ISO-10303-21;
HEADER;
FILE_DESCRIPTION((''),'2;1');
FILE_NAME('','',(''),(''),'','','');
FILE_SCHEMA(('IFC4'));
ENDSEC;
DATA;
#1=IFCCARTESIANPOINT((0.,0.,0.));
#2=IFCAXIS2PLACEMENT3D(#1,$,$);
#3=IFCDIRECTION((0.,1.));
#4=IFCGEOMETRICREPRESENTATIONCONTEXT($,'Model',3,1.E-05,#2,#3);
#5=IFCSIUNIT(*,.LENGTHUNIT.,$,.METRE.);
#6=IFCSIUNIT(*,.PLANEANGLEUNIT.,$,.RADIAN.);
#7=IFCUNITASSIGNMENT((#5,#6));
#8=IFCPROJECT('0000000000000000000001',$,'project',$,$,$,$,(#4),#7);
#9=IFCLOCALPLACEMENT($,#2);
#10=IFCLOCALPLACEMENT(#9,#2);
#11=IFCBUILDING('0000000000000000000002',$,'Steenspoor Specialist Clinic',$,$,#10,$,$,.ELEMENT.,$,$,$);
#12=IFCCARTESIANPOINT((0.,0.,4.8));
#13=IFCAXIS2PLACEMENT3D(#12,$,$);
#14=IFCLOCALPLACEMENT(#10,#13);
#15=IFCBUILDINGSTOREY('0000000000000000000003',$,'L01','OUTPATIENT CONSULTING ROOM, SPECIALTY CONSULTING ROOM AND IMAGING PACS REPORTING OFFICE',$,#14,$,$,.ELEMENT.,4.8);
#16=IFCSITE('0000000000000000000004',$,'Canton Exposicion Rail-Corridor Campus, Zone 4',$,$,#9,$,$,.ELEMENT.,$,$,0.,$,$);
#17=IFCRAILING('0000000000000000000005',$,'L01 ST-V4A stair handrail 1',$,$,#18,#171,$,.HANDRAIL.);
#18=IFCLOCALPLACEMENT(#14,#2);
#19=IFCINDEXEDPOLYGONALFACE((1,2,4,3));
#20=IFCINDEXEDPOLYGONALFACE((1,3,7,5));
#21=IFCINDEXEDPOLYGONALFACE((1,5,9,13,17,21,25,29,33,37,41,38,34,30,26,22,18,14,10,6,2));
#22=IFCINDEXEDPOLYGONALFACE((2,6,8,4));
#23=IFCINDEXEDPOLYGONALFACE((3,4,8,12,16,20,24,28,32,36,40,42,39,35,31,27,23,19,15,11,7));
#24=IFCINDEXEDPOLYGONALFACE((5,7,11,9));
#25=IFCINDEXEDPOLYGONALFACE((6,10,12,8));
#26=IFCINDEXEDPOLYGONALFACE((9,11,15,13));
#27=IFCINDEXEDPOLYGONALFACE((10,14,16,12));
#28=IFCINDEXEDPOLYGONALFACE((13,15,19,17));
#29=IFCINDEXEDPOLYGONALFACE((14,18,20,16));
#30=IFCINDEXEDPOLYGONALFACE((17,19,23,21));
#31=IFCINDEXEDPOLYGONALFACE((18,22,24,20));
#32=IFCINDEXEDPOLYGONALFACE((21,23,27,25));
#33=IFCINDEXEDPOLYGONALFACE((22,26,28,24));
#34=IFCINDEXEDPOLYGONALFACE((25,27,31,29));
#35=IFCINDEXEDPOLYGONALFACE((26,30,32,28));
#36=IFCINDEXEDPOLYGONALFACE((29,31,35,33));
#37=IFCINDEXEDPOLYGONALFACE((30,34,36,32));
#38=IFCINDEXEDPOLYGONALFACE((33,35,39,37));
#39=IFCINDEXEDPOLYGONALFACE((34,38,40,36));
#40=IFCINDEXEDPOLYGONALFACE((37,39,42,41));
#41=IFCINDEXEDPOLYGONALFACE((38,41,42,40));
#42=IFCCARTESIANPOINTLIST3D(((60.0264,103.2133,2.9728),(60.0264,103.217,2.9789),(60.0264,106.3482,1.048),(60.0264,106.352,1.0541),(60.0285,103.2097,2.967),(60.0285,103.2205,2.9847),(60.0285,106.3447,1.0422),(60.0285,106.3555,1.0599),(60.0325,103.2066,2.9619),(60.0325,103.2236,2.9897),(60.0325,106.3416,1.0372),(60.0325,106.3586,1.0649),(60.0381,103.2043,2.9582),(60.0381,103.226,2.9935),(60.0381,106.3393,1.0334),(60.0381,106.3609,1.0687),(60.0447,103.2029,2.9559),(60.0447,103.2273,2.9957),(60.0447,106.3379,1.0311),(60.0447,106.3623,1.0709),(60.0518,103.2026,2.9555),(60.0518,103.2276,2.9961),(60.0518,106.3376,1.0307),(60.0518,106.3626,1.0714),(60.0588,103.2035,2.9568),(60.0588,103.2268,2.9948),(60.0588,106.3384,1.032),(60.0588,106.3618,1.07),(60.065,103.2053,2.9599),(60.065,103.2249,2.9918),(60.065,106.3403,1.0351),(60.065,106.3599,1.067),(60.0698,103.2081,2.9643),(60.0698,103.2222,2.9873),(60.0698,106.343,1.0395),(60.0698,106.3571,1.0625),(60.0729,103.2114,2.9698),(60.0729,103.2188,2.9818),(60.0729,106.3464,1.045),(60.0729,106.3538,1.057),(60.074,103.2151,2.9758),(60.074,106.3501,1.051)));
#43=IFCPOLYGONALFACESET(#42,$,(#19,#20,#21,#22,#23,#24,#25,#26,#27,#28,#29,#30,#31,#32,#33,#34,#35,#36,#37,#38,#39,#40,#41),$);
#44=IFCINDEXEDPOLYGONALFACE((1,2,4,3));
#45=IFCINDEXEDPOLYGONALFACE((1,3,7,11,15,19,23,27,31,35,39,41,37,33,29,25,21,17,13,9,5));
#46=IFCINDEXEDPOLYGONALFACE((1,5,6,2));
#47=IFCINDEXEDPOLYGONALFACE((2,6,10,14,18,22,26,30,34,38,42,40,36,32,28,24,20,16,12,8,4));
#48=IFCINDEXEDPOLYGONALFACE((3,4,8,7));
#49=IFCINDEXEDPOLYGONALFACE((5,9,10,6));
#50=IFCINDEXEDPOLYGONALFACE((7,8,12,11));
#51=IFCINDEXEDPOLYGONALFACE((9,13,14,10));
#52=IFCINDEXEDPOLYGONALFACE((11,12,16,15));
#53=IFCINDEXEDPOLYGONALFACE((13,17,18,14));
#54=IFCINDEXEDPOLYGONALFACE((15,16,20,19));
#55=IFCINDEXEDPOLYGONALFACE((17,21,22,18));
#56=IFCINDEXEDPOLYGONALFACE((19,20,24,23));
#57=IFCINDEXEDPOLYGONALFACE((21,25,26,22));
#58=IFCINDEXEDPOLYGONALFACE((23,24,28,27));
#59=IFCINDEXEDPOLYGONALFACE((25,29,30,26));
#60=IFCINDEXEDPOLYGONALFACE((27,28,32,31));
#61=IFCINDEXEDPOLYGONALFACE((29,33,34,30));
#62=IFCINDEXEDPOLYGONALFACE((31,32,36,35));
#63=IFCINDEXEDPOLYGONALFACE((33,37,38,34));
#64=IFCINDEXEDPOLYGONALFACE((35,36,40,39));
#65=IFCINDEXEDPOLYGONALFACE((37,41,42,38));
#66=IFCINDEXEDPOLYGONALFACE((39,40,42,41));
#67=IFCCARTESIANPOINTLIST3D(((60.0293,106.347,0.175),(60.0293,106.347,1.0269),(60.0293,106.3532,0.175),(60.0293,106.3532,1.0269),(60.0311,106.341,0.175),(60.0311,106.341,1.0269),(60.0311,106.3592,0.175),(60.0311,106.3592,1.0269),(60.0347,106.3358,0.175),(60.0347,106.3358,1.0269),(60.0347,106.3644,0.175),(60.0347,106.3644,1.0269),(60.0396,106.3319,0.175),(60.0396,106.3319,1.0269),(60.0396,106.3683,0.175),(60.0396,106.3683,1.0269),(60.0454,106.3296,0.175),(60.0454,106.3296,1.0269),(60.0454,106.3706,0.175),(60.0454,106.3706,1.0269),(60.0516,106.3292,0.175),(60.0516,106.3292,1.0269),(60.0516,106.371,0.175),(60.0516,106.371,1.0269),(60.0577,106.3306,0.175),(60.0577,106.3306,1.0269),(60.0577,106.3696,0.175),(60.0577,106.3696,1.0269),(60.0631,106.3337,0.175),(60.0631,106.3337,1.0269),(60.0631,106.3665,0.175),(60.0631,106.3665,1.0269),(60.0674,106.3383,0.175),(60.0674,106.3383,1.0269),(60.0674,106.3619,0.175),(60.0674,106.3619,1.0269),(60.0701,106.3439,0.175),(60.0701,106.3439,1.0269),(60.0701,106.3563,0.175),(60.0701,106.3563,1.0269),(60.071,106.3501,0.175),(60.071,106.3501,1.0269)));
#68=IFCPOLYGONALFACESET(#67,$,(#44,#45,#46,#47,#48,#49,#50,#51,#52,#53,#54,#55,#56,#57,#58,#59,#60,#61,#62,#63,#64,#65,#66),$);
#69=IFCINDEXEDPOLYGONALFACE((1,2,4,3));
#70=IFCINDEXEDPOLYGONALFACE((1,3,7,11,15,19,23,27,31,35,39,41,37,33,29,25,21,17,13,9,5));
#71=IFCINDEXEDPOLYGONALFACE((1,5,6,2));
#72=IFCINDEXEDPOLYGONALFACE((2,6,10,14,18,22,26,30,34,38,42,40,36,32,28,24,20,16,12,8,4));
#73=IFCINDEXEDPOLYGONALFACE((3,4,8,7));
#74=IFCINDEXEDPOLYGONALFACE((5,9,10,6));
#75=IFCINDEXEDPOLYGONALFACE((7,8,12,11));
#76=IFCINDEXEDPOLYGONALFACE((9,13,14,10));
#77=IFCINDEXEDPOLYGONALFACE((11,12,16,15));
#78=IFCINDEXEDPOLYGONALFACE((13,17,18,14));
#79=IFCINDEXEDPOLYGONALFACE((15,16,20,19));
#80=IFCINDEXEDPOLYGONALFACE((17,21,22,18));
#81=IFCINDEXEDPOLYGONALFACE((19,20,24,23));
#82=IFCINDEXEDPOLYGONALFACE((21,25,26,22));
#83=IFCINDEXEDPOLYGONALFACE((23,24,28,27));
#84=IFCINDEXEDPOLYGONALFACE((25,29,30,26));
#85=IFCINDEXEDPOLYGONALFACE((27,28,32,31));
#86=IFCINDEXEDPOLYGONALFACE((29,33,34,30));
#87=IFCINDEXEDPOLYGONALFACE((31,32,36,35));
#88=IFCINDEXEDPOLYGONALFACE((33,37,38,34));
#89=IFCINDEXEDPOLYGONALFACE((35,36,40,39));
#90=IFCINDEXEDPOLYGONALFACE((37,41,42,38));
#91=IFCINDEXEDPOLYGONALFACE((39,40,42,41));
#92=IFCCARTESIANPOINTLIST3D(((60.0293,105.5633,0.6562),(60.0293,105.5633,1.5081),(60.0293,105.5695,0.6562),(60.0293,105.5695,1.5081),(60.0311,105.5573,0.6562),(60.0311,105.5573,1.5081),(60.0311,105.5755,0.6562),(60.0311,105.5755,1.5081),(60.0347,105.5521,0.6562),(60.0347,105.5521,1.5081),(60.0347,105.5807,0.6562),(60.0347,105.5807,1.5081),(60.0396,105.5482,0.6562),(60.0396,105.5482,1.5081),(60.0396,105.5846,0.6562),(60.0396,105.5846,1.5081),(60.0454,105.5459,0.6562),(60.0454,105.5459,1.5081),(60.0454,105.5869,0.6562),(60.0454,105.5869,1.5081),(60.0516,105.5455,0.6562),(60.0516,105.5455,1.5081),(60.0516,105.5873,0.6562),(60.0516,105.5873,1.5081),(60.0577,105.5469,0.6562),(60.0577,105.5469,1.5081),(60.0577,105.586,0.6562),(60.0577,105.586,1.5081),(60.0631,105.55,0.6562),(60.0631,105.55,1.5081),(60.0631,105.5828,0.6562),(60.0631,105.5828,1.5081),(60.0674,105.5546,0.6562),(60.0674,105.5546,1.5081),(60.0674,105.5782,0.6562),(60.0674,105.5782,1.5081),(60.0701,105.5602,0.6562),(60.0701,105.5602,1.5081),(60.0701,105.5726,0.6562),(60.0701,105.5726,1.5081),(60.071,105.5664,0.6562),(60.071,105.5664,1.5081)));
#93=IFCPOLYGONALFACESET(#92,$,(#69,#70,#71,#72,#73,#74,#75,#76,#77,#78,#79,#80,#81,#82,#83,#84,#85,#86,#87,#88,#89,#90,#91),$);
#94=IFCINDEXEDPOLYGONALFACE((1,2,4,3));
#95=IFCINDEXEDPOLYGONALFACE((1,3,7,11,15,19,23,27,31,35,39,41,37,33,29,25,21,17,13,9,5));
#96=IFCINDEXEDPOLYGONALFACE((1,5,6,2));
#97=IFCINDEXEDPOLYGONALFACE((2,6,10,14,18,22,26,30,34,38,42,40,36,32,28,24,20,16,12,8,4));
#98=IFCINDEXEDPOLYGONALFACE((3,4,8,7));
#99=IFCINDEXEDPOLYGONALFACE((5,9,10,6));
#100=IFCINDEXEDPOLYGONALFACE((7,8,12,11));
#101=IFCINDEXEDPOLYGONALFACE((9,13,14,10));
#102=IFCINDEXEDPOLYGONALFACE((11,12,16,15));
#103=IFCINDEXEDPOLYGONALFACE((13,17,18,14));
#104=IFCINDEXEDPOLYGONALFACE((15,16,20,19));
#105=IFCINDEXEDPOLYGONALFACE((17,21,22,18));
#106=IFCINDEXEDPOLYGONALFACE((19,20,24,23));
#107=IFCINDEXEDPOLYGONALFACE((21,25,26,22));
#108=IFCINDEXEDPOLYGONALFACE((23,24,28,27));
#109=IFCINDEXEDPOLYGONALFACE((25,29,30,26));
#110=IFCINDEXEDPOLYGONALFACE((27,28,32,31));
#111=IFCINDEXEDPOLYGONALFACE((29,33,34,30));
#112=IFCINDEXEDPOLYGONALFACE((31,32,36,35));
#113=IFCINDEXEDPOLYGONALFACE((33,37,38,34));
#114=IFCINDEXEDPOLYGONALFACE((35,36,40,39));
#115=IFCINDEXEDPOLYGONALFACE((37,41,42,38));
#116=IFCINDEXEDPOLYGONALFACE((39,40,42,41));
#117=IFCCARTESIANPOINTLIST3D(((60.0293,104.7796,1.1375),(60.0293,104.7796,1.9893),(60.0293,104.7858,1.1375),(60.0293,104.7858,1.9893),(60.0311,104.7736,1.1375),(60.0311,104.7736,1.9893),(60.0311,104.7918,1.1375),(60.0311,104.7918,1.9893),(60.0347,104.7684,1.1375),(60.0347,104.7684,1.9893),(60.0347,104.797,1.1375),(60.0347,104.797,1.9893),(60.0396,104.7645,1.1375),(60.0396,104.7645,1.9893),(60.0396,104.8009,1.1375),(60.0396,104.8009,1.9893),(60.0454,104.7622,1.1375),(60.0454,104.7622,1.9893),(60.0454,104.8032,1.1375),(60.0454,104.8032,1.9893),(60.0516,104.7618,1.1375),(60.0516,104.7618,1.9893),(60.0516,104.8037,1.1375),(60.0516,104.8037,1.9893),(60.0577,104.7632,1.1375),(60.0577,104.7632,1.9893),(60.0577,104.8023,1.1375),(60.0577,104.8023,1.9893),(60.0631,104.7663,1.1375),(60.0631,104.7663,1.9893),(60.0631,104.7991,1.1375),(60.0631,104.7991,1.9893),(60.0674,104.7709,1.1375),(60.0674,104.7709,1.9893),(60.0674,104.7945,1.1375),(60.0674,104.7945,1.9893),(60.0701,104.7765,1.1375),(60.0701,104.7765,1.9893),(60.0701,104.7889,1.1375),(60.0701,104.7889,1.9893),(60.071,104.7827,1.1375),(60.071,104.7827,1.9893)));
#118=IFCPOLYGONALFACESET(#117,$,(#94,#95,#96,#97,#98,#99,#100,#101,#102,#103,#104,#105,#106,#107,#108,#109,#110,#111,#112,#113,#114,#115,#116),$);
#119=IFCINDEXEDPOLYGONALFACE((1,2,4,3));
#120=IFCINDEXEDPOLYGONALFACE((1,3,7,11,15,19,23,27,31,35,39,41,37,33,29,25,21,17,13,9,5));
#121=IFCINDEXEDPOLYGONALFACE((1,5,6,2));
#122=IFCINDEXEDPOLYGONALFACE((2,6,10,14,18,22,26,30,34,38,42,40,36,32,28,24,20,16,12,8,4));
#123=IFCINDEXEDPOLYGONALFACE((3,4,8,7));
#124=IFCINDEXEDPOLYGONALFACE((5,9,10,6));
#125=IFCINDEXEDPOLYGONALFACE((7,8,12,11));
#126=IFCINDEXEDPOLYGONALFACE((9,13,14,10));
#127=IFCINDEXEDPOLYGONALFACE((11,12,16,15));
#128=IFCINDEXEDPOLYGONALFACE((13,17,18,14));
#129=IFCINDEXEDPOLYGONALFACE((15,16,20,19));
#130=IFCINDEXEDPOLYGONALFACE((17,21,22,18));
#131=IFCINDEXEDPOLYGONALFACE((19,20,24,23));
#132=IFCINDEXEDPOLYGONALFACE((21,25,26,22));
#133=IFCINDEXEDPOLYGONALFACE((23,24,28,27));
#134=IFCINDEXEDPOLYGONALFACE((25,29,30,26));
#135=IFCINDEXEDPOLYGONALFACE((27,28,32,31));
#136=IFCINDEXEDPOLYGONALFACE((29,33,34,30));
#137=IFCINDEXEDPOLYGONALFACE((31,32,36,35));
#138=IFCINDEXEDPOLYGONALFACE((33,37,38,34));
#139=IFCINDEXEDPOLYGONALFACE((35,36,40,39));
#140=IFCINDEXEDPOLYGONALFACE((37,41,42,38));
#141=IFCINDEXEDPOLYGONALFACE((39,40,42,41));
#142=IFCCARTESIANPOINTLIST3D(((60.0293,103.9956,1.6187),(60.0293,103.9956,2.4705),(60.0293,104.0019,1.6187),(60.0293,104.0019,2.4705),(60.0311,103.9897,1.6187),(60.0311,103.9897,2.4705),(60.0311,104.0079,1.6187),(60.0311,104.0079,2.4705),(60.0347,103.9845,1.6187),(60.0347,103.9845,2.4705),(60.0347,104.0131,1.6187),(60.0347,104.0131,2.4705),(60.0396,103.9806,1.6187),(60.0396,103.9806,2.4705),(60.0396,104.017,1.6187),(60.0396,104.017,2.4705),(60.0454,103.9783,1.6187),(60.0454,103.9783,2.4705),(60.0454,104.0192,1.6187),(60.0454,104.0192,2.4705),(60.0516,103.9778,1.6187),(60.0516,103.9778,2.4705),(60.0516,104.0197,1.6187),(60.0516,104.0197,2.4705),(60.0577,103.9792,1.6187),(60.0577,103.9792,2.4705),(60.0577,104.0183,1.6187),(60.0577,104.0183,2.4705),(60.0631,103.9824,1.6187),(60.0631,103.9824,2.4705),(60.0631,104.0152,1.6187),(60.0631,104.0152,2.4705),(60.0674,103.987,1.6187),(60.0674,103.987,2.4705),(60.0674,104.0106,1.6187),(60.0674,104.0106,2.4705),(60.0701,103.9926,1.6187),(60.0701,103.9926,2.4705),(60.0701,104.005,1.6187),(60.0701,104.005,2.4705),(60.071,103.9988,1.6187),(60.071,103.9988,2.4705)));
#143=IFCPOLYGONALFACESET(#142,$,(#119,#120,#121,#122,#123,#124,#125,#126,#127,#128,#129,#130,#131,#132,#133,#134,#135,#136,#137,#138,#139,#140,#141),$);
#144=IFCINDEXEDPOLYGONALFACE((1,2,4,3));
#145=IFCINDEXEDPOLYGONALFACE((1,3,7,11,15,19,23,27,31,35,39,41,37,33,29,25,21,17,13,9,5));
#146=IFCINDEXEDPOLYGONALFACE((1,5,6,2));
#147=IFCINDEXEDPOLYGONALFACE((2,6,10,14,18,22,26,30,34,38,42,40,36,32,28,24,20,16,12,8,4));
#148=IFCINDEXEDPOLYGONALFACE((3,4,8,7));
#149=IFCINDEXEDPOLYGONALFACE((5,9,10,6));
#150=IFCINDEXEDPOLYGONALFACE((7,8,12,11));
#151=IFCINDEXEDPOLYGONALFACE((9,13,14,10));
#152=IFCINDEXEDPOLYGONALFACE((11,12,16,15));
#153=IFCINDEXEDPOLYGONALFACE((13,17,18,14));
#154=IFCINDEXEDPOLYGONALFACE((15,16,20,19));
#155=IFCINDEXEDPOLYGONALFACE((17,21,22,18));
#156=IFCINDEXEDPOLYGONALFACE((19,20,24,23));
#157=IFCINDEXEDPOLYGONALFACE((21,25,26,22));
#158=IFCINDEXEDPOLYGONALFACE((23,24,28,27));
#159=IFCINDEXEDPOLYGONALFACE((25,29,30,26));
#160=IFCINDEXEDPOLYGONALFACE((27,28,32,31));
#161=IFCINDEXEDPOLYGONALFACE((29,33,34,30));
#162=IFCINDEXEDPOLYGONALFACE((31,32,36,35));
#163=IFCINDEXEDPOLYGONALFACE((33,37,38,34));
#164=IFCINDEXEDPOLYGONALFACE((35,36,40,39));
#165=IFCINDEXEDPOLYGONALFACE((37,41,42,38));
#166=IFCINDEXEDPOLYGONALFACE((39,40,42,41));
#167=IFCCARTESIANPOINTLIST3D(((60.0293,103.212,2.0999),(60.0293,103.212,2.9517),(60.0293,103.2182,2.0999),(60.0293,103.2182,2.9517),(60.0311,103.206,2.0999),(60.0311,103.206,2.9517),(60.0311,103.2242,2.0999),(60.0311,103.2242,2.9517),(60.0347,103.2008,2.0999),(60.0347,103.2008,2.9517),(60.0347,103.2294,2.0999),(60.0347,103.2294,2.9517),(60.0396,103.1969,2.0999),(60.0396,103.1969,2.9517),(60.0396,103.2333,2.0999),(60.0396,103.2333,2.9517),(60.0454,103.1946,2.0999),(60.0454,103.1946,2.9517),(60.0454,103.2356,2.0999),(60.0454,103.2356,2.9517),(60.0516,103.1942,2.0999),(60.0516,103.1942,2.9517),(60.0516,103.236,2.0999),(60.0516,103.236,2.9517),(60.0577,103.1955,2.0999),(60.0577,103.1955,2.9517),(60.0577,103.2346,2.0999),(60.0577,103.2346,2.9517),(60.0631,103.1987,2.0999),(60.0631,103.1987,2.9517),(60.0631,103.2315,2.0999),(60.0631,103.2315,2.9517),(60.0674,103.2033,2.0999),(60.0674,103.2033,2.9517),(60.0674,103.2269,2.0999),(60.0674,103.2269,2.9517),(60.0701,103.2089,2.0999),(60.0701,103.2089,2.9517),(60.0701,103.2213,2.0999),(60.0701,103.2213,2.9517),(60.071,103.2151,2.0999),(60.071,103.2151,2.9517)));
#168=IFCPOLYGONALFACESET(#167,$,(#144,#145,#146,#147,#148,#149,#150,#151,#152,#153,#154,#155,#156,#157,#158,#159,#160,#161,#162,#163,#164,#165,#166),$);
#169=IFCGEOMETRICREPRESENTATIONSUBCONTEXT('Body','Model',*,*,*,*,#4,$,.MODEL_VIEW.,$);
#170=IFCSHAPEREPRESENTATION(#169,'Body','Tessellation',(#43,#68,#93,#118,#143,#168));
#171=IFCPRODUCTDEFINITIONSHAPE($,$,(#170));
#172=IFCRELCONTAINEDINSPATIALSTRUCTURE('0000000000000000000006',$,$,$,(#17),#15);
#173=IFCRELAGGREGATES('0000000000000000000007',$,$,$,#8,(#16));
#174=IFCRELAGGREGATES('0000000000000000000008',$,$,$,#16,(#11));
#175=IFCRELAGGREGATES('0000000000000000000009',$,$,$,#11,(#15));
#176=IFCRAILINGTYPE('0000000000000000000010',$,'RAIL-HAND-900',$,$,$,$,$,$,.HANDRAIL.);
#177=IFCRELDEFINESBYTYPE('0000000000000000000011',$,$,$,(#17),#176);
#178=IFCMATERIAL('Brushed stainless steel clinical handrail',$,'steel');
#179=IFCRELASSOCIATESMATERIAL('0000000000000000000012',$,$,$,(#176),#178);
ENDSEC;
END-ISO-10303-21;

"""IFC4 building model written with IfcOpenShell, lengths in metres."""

from ifc_helpers import new_model, si_unit, direction, frame, origin, origin_2d, place, context, subcontext, project, spatial, circle, extrude, material, type_object, element, save


model = new_model("IFC4")

# Units and contexts
model_context = context("Model", 3, precision=1e-05, world=origin(), true_north=direction((0.0, 1.0)))
body_context = subcontext(model_context, "Body", "Model", "MODEL_VIEW")
ifc_project = project(units=[si_unit("LENGTHUNIT", "METRE"), si_unit("PLANEANGLEUNIT", "RADIAN")], contexts=[model_context])

# Site, building, storey
site_placement = place(None, origin())
site = spatial("IfcSite", under=ifc_project, at=site_placement, Name="Canton Exposicion Rail-Corridor Campus, Zone 4", CompositionType="ELEMENT", RefElevation=0.0)
building_placement = place(site_placement, origin())
building = spatial("IfcBuilding", under=site, at=building_placement, Name="Steenspoor Specialist Clinic", CompositionType="ELEMENT")
storey_placement = place(building_placement, frame((0.0, 0.0, 4.8)))
storey = spatial("IfcBuildingStorey", under=building, at=storey_placement, Name="L01", Description="OUTPATIENT CONSULTING ROOM, SPECIALTY CONSULTING ROOM AND IMAGING PACS REPORTING OFFICE", CompositionType="ELEMENT", Elevation=4.8)

# Railing
ifc_material_1 = material(Name="Brushed stainless steel clinical handrail", Category="steel")
railing_type_1 = type_object("IfcRailingType", Name="RAIL-HAND-900", PredefinedType="HANDRAIL", material=ifc_material_1)
railing_1_placement = place(storey_placement, frame((60.05, 106.3501, 0.175)))
element("IfcRailing", 1, at=railing_1_placement, inside=storey, type_object=railing_type_1, Name="L01 ST-V4A stair handrail 1", PredefinedType="HANDRAIL", context=body_context, shape_type="SweptSolid", body=[
    extrude(circle(Radius=0.0239, at=origin_2d()), frame((0.0, 0.0, 0.876), z_axis=(0.0, -0.852196, 0.523223), x_axis=(1.0, 0.0, 0.0)), (0.0, 0.0, 1.0), 3.6787),
    extrude(circle(Radius=0.021, at=origin_2d()), origin(), (0.0, 0.0, 1.0), 0.8518),
    extrude(circle(Radius=0.021, at=origin_2d()), frame((0.0, -0.7837, 0.4812)), (0.0, 0.0, 1.0), 0.8518),
    extrude(circle(Radius=0.021, at=origin_2d()), frame((0.0, -1.5674, 0.9624)), (0.0, 0.0, 1.0), 0.8518),
    extrude(circle(Radius=0.021, at=origin_2d()), frame((0.0, -2.3513, 1.4436)), (0.0, 0.0, 1.0), 0.8518),
    extrude(circle(Radius=0.021, at=origin_2d()), frame((0.0, -3.135, 1.9248)), (0.0, 0.0, 1.0), 0.8518),
])

save(model, "model.ifc")
